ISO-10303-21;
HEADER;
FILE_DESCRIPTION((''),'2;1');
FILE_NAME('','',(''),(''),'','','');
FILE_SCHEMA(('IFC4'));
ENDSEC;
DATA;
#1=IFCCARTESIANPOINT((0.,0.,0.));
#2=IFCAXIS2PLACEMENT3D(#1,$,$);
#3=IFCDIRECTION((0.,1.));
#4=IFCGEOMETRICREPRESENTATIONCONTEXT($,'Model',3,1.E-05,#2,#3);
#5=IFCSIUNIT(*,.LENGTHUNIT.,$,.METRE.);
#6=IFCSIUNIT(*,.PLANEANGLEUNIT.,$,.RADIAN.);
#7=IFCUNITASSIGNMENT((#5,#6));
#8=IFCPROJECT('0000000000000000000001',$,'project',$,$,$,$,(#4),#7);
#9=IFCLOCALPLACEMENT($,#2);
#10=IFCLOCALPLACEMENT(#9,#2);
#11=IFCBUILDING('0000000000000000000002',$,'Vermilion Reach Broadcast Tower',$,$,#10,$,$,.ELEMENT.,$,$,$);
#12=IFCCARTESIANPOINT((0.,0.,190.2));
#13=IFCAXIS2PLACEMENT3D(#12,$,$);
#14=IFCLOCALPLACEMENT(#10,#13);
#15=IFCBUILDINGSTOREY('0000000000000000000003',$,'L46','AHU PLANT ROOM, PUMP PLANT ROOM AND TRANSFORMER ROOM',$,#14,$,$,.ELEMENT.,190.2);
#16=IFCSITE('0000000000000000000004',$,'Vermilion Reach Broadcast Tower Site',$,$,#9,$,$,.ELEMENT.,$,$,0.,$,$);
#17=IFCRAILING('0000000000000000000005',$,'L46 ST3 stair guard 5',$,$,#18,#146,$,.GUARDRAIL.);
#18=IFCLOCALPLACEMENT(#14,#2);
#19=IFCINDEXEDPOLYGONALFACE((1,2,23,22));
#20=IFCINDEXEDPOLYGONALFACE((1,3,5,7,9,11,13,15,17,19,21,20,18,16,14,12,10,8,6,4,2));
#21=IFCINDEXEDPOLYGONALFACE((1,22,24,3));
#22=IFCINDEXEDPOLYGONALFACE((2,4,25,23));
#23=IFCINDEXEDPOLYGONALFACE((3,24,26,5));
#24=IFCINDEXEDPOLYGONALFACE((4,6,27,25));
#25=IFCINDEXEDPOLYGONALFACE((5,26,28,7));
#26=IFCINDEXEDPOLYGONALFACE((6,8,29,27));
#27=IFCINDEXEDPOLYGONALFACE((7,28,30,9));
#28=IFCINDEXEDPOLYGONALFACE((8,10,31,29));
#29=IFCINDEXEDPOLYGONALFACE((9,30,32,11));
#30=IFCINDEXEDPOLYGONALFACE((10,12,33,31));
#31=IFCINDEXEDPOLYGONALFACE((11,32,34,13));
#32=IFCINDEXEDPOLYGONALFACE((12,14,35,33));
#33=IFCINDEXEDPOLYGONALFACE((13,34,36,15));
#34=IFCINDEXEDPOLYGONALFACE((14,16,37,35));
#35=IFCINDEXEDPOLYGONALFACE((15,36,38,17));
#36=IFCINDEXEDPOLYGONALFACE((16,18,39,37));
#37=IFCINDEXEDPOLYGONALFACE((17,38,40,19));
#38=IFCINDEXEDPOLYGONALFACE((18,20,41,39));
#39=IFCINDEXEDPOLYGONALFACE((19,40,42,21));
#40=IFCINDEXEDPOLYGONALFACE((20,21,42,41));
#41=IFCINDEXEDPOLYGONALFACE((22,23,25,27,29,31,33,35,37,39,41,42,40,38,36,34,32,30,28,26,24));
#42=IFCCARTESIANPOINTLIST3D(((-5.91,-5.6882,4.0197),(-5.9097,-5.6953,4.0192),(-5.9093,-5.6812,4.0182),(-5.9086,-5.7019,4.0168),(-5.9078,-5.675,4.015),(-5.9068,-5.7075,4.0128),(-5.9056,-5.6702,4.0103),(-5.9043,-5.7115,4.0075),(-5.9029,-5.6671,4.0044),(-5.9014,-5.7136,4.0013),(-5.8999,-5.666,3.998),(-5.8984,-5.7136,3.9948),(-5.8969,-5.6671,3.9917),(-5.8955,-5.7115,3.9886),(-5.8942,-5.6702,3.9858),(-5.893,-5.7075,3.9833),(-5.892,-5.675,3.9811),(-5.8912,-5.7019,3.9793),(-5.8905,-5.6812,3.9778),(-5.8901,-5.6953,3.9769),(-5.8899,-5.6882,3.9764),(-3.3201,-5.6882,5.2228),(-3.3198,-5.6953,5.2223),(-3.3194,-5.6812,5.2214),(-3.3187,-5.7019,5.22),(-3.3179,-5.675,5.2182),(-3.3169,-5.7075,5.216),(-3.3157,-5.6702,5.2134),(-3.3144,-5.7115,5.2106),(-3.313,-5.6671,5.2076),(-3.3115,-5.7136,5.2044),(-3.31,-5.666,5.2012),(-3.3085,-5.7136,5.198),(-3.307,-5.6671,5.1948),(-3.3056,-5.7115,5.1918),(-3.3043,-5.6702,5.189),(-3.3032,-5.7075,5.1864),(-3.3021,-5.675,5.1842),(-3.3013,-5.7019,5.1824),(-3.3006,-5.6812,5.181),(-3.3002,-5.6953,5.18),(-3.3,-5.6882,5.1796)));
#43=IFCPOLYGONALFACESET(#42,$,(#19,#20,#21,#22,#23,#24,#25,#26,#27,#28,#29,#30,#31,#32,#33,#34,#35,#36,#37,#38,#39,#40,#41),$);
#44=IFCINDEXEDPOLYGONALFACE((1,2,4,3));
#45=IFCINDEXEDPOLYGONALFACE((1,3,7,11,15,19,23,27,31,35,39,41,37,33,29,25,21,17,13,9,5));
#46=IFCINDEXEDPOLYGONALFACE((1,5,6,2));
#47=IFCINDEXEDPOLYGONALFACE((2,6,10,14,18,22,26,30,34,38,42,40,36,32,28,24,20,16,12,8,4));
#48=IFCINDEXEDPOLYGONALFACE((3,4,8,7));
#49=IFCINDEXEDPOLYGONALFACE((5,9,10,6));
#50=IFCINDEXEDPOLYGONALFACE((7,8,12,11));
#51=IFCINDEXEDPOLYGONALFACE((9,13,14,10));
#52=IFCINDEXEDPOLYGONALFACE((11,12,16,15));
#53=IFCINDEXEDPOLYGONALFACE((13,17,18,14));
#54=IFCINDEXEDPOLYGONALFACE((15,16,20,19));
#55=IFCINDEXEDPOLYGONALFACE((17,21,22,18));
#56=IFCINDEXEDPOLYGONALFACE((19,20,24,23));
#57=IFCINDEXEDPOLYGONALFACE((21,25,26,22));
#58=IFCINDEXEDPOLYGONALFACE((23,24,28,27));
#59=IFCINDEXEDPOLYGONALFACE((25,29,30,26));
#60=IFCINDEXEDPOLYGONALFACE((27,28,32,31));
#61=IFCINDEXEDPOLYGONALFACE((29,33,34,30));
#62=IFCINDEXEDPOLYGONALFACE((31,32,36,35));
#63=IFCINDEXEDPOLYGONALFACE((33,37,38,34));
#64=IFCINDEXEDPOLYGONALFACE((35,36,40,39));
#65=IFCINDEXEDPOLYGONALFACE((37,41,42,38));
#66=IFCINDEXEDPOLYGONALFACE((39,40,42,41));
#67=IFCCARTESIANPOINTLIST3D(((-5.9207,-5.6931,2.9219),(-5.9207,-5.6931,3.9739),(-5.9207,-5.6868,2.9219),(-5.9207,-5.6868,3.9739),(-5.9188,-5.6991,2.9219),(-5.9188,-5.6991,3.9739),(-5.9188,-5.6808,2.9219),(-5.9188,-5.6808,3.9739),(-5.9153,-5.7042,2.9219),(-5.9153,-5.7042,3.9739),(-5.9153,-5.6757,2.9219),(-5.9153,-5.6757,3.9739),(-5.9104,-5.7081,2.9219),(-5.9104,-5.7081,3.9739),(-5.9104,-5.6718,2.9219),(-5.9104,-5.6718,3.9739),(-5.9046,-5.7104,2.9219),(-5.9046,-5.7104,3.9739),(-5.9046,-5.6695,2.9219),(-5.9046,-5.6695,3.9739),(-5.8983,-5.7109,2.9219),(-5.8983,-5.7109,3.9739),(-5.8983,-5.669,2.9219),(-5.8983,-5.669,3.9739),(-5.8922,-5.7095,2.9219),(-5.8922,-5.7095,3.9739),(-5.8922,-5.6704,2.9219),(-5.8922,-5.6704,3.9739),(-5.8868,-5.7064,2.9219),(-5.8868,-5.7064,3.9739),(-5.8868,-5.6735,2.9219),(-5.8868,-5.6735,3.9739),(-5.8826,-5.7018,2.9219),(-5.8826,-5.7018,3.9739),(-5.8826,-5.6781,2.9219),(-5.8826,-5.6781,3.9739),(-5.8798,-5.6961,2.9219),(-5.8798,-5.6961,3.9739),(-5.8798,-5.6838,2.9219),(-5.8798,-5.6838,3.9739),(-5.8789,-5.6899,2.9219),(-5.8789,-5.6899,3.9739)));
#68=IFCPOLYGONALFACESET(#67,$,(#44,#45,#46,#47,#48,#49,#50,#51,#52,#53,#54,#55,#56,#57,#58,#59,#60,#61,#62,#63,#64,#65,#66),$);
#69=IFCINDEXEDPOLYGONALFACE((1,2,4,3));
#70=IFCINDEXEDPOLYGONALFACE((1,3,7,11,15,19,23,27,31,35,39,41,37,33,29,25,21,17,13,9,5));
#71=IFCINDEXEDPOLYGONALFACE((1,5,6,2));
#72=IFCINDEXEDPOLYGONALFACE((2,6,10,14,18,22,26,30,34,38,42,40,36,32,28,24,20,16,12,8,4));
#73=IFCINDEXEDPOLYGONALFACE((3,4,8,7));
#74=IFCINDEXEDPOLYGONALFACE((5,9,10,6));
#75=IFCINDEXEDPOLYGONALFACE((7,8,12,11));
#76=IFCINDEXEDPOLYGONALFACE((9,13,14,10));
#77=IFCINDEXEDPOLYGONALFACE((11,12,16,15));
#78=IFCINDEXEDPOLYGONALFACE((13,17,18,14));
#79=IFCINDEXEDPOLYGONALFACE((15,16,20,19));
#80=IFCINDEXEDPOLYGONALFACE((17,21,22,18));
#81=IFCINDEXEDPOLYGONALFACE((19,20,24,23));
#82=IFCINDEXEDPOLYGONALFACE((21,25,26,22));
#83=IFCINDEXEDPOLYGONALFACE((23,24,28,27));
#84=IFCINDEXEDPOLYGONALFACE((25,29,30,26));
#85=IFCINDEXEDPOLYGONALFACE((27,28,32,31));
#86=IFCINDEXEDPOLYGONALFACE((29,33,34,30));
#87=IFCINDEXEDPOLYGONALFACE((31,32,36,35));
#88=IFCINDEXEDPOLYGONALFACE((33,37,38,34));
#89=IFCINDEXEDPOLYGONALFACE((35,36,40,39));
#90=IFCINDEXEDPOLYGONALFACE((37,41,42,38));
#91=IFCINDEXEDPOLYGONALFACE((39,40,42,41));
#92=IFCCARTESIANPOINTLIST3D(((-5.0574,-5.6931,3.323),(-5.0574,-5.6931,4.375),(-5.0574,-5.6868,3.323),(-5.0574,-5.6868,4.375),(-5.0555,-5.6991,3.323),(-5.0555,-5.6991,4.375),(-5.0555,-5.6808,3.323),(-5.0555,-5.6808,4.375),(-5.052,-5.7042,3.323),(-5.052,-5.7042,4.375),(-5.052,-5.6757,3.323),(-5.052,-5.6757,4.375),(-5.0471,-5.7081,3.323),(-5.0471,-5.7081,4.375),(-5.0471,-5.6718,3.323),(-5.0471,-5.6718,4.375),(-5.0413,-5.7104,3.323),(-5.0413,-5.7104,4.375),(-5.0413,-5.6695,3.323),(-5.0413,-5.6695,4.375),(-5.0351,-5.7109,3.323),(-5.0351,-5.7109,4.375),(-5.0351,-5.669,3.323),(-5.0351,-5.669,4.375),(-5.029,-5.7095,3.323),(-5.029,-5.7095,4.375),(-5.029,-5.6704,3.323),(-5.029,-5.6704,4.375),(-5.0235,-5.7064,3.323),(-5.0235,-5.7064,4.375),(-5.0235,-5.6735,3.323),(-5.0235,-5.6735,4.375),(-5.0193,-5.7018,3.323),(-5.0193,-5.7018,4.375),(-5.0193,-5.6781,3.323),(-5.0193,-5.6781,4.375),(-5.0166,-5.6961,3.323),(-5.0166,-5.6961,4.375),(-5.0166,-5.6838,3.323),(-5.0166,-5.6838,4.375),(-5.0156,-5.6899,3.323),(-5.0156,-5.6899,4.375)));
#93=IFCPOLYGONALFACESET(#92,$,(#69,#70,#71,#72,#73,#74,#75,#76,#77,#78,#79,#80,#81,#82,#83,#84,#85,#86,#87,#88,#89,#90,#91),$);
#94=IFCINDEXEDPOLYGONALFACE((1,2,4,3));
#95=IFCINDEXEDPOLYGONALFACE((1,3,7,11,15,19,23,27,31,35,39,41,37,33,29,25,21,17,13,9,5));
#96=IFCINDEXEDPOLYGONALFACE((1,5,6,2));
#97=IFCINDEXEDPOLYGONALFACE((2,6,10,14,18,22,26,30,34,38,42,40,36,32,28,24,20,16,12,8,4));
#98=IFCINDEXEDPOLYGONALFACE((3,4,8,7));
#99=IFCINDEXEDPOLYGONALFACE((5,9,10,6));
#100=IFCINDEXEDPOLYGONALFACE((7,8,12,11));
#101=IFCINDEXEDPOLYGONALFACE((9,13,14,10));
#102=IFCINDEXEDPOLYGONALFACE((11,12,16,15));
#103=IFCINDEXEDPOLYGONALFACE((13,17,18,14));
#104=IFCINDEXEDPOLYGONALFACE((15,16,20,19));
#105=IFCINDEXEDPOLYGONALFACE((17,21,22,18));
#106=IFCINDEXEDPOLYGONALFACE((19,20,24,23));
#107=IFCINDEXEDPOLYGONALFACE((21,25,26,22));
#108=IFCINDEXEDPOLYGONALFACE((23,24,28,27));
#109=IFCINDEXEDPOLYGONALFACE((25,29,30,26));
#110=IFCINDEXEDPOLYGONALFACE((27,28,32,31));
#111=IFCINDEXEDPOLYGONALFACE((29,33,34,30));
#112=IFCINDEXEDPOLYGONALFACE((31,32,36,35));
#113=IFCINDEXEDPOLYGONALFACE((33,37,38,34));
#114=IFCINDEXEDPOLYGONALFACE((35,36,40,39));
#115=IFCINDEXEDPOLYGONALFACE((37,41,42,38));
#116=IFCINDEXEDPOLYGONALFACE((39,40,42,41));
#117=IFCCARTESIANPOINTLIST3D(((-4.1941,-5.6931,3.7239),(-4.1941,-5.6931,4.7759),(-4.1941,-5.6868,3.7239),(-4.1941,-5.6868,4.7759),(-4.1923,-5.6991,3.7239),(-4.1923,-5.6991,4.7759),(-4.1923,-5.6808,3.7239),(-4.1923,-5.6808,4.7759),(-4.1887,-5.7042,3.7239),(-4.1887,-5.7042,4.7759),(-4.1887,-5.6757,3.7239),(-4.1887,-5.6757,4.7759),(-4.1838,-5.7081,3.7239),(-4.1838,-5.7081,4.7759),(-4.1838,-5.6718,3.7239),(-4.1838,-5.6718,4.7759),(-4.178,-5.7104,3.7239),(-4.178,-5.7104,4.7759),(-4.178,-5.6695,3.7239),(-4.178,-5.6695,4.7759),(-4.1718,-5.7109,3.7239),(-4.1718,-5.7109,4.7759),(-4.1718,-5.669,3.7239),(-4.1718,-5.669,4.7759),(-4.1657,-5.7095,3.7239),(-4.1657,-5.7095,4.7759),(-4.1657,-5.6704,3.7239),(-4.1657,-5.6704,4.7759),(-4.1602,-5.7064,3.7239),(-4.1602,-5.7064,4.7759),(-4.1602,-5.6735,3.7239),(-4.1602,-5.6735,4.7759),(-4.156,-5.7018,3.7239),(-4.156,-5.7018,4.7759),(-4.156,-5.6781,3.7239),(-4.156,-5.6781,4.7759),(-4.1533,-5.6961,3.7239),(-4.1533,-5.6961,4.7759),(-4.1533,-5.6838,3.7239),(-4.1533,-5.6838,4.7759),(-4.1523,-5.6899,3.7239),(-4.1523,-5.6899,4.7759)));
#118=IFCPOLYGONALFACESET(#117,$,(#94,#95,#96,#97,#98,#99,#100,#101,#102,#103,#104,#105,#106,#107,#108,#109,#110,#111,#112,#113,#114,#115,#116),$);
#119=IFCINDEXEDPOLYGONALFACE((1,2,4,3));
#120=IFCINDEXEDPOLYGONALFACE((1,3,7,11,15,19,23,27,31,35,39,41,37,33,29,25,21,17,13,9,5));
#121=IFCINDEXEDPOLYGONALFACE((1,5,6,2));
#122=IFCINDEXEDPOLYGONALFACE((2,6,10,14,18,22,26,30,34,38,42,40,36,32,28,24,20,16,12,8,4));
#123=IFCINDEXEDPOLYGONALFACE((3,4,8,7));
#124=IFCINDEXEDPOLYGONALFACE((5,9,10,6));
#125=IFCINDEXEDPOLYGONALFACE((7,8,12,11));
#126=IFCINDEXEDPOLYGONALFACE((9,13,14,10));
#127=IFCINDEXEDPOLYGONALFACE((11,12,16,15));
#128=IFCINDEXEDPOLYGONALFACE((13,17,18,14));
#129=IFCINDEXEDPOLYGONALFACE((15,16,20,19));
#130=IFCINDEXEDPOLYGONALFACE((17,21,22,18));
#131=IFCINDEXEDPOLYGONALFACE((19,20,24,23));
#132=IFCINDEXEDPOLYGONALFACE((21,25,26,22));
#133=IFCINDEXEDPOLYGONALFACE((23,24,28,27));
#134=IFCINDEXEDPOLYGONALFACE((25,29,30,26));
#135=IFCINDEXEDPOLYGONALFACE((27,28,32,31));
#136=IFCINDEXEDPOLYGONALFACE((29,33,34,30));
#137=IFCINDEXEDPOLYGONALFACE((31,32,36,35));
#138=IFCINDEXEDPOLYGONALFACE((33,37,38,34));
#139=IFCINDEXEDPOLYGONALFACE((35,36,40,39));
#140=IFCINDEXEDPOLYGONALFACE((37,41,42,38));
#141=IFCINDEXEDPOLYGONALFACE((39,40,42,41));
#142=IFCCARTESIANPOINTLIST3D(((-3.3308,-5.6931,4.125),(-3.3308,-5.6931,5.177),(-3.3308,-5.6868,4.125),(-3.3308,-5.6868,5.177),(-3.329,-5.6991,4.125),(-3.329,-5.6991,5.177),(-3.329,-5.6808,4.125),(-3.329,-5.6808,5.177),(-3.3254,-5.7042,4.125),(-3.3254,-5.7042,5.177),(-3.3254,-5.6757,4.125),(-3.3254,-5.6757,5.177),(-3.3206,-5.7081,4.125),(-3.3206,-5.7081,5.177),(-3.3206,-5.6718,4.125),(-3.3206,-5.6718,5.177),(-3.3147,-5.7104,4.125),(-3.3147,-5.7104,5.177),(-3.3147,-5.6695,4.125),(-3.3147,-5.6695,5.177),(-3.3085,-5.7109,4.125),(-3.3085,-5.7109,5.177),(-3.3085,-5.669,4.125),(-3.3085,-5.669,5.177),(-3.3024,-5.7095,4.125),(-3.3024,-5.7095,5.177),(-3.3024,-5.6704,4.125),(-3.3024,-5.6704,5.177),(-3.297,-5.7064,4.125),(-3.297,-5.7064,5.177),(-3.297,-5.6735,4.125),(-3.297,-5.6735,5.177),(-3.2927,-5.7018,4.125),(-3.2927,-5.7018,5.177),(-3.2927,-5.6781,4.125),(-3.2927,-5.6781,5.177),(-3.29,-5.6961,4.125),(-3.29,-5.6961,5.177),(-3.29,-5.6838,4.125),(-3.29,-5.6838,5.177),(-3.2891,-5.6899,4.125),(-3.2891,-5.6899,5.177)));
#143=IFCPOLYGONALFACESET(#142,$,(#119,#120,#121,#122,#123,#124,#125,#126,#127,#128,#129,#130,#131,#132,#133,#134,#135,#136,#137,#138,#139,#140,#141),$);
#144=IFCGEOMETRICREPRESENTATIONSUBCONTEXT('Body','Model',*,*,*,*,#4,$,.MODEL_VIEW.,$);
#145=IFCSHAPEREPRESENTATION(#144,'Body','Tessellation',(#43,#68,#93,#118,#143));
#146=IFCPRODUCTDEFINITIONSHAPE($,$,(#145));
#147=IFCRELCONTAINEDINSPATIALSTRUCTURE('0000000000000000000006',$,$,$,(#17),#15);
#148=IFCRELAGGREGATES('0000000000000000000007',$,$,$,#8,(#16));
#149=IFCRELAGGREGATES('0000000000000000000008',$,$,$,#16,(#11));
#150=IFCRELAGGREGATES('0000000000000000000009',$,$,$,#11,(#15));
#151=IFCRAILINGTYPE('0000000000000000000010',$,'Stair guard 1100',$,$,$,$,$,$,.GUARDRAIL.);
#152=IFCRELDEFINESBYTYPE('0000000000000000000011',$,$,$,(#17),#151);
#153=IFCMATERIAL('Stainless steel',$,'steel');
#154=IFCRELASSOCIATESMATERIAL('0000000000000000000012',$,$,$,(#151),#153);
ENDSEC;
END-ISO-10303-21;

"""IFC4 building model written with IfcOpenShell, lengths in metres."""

from ifc_helpers import new_model, si_unit, direction, frame, origin, origin_2d, place, context, subcontext, project, spatial, circle, extrude, material, type_object, element, save


model = new_model("IFC4")

# Units and contexts
model_context = context("Model", 3, precision=1e-05, world=origin(), true_north=direction((0.0, 1.0)))
body_context = subcontext(model_context, "Body", "Model", "MODEL_VIEW")
ifc_project = project(units=[si_unit("LENGTHUNIT", "METRE"), si_unit("PLANEANGLEUNIT", "RADIAN")], contexts=[model_context])

# Site, building, storey
site_placement = place(None, origin())
site = spatial("IfcSite", under=ifc_project, at=site_placement, Name="Vermilion Reach Broadcast Tower Site", CompositionType="ELEMENT", RefElevation=0.0)
building_placement = place(site_placement, origin())
building = spatial("IfcBuilding", under=site, at=building_placement, Name="Vermilion Reach Broadcast Tower", CompositionType="ELEMENT")
storey_placement = place(building_placement, frame((0.0, 0.0, 190.2)))
storey = spatial("IfcBuildingStorey", under=building, at=storey_placement, Name="L46", Description="AHU PLANT ROOM, PUMP PLANT ROOM AND TRANSFORMER ROOM", CompositionType="ELEMENT", Elevation=190.2)

# Railing
ifc_material_1 = material(Name="Stainless steel", Category="steel")
railing_type = type_object("IfcRailingType", Name="Stair guard 1100", PredefinedType="GUARDRAIL", material=ifc_material_1)
railing_1_placement = place(storey_placement, frame((-5.8999, -5.6899, 2.9219)))
element("IfcRailing", 1, at=railing_1_placement, inside=storey, type_object=railing_type, Name="L46 ST3 stair guard 5", PredefinedType="GUARDRAIL", context=body_context, shape_type="SweptSolid", body=[
    extrude(circle(Radius=0.0239, at=origin_2d()), frame((0.0, 0.0, 1.0762), z_axis=(0.906916, 0.0, 0.421312), x_axis=(0.0, 1.0, 0.0)), (0.0, 0.0, 1.0), 2.8557),
    extrude(circle(Radius=0.021, at=origin_2d()), origin(), (0.0, 0.0, 1.0), 1.052),
    extrude(circle(Radius=0.021, at=origin_2d()), frame((0.8633, 0.0, 0.4011)), (0.0, 0.0, 1.0), 1.052),
    extrude(circle(Radius=0.021, at=origin_2d()), frame((1.7266, 0.0, 0.802)), (0.0, 0.0, 1.0), 1.052),
    extrude(circle(Radius=0.021, at=origin_2d()), frame((2.5898, 0.0, 1.2031)), (0.0, 0.0, 1.0), 1.052),
])

save(model, "model.ifc")
